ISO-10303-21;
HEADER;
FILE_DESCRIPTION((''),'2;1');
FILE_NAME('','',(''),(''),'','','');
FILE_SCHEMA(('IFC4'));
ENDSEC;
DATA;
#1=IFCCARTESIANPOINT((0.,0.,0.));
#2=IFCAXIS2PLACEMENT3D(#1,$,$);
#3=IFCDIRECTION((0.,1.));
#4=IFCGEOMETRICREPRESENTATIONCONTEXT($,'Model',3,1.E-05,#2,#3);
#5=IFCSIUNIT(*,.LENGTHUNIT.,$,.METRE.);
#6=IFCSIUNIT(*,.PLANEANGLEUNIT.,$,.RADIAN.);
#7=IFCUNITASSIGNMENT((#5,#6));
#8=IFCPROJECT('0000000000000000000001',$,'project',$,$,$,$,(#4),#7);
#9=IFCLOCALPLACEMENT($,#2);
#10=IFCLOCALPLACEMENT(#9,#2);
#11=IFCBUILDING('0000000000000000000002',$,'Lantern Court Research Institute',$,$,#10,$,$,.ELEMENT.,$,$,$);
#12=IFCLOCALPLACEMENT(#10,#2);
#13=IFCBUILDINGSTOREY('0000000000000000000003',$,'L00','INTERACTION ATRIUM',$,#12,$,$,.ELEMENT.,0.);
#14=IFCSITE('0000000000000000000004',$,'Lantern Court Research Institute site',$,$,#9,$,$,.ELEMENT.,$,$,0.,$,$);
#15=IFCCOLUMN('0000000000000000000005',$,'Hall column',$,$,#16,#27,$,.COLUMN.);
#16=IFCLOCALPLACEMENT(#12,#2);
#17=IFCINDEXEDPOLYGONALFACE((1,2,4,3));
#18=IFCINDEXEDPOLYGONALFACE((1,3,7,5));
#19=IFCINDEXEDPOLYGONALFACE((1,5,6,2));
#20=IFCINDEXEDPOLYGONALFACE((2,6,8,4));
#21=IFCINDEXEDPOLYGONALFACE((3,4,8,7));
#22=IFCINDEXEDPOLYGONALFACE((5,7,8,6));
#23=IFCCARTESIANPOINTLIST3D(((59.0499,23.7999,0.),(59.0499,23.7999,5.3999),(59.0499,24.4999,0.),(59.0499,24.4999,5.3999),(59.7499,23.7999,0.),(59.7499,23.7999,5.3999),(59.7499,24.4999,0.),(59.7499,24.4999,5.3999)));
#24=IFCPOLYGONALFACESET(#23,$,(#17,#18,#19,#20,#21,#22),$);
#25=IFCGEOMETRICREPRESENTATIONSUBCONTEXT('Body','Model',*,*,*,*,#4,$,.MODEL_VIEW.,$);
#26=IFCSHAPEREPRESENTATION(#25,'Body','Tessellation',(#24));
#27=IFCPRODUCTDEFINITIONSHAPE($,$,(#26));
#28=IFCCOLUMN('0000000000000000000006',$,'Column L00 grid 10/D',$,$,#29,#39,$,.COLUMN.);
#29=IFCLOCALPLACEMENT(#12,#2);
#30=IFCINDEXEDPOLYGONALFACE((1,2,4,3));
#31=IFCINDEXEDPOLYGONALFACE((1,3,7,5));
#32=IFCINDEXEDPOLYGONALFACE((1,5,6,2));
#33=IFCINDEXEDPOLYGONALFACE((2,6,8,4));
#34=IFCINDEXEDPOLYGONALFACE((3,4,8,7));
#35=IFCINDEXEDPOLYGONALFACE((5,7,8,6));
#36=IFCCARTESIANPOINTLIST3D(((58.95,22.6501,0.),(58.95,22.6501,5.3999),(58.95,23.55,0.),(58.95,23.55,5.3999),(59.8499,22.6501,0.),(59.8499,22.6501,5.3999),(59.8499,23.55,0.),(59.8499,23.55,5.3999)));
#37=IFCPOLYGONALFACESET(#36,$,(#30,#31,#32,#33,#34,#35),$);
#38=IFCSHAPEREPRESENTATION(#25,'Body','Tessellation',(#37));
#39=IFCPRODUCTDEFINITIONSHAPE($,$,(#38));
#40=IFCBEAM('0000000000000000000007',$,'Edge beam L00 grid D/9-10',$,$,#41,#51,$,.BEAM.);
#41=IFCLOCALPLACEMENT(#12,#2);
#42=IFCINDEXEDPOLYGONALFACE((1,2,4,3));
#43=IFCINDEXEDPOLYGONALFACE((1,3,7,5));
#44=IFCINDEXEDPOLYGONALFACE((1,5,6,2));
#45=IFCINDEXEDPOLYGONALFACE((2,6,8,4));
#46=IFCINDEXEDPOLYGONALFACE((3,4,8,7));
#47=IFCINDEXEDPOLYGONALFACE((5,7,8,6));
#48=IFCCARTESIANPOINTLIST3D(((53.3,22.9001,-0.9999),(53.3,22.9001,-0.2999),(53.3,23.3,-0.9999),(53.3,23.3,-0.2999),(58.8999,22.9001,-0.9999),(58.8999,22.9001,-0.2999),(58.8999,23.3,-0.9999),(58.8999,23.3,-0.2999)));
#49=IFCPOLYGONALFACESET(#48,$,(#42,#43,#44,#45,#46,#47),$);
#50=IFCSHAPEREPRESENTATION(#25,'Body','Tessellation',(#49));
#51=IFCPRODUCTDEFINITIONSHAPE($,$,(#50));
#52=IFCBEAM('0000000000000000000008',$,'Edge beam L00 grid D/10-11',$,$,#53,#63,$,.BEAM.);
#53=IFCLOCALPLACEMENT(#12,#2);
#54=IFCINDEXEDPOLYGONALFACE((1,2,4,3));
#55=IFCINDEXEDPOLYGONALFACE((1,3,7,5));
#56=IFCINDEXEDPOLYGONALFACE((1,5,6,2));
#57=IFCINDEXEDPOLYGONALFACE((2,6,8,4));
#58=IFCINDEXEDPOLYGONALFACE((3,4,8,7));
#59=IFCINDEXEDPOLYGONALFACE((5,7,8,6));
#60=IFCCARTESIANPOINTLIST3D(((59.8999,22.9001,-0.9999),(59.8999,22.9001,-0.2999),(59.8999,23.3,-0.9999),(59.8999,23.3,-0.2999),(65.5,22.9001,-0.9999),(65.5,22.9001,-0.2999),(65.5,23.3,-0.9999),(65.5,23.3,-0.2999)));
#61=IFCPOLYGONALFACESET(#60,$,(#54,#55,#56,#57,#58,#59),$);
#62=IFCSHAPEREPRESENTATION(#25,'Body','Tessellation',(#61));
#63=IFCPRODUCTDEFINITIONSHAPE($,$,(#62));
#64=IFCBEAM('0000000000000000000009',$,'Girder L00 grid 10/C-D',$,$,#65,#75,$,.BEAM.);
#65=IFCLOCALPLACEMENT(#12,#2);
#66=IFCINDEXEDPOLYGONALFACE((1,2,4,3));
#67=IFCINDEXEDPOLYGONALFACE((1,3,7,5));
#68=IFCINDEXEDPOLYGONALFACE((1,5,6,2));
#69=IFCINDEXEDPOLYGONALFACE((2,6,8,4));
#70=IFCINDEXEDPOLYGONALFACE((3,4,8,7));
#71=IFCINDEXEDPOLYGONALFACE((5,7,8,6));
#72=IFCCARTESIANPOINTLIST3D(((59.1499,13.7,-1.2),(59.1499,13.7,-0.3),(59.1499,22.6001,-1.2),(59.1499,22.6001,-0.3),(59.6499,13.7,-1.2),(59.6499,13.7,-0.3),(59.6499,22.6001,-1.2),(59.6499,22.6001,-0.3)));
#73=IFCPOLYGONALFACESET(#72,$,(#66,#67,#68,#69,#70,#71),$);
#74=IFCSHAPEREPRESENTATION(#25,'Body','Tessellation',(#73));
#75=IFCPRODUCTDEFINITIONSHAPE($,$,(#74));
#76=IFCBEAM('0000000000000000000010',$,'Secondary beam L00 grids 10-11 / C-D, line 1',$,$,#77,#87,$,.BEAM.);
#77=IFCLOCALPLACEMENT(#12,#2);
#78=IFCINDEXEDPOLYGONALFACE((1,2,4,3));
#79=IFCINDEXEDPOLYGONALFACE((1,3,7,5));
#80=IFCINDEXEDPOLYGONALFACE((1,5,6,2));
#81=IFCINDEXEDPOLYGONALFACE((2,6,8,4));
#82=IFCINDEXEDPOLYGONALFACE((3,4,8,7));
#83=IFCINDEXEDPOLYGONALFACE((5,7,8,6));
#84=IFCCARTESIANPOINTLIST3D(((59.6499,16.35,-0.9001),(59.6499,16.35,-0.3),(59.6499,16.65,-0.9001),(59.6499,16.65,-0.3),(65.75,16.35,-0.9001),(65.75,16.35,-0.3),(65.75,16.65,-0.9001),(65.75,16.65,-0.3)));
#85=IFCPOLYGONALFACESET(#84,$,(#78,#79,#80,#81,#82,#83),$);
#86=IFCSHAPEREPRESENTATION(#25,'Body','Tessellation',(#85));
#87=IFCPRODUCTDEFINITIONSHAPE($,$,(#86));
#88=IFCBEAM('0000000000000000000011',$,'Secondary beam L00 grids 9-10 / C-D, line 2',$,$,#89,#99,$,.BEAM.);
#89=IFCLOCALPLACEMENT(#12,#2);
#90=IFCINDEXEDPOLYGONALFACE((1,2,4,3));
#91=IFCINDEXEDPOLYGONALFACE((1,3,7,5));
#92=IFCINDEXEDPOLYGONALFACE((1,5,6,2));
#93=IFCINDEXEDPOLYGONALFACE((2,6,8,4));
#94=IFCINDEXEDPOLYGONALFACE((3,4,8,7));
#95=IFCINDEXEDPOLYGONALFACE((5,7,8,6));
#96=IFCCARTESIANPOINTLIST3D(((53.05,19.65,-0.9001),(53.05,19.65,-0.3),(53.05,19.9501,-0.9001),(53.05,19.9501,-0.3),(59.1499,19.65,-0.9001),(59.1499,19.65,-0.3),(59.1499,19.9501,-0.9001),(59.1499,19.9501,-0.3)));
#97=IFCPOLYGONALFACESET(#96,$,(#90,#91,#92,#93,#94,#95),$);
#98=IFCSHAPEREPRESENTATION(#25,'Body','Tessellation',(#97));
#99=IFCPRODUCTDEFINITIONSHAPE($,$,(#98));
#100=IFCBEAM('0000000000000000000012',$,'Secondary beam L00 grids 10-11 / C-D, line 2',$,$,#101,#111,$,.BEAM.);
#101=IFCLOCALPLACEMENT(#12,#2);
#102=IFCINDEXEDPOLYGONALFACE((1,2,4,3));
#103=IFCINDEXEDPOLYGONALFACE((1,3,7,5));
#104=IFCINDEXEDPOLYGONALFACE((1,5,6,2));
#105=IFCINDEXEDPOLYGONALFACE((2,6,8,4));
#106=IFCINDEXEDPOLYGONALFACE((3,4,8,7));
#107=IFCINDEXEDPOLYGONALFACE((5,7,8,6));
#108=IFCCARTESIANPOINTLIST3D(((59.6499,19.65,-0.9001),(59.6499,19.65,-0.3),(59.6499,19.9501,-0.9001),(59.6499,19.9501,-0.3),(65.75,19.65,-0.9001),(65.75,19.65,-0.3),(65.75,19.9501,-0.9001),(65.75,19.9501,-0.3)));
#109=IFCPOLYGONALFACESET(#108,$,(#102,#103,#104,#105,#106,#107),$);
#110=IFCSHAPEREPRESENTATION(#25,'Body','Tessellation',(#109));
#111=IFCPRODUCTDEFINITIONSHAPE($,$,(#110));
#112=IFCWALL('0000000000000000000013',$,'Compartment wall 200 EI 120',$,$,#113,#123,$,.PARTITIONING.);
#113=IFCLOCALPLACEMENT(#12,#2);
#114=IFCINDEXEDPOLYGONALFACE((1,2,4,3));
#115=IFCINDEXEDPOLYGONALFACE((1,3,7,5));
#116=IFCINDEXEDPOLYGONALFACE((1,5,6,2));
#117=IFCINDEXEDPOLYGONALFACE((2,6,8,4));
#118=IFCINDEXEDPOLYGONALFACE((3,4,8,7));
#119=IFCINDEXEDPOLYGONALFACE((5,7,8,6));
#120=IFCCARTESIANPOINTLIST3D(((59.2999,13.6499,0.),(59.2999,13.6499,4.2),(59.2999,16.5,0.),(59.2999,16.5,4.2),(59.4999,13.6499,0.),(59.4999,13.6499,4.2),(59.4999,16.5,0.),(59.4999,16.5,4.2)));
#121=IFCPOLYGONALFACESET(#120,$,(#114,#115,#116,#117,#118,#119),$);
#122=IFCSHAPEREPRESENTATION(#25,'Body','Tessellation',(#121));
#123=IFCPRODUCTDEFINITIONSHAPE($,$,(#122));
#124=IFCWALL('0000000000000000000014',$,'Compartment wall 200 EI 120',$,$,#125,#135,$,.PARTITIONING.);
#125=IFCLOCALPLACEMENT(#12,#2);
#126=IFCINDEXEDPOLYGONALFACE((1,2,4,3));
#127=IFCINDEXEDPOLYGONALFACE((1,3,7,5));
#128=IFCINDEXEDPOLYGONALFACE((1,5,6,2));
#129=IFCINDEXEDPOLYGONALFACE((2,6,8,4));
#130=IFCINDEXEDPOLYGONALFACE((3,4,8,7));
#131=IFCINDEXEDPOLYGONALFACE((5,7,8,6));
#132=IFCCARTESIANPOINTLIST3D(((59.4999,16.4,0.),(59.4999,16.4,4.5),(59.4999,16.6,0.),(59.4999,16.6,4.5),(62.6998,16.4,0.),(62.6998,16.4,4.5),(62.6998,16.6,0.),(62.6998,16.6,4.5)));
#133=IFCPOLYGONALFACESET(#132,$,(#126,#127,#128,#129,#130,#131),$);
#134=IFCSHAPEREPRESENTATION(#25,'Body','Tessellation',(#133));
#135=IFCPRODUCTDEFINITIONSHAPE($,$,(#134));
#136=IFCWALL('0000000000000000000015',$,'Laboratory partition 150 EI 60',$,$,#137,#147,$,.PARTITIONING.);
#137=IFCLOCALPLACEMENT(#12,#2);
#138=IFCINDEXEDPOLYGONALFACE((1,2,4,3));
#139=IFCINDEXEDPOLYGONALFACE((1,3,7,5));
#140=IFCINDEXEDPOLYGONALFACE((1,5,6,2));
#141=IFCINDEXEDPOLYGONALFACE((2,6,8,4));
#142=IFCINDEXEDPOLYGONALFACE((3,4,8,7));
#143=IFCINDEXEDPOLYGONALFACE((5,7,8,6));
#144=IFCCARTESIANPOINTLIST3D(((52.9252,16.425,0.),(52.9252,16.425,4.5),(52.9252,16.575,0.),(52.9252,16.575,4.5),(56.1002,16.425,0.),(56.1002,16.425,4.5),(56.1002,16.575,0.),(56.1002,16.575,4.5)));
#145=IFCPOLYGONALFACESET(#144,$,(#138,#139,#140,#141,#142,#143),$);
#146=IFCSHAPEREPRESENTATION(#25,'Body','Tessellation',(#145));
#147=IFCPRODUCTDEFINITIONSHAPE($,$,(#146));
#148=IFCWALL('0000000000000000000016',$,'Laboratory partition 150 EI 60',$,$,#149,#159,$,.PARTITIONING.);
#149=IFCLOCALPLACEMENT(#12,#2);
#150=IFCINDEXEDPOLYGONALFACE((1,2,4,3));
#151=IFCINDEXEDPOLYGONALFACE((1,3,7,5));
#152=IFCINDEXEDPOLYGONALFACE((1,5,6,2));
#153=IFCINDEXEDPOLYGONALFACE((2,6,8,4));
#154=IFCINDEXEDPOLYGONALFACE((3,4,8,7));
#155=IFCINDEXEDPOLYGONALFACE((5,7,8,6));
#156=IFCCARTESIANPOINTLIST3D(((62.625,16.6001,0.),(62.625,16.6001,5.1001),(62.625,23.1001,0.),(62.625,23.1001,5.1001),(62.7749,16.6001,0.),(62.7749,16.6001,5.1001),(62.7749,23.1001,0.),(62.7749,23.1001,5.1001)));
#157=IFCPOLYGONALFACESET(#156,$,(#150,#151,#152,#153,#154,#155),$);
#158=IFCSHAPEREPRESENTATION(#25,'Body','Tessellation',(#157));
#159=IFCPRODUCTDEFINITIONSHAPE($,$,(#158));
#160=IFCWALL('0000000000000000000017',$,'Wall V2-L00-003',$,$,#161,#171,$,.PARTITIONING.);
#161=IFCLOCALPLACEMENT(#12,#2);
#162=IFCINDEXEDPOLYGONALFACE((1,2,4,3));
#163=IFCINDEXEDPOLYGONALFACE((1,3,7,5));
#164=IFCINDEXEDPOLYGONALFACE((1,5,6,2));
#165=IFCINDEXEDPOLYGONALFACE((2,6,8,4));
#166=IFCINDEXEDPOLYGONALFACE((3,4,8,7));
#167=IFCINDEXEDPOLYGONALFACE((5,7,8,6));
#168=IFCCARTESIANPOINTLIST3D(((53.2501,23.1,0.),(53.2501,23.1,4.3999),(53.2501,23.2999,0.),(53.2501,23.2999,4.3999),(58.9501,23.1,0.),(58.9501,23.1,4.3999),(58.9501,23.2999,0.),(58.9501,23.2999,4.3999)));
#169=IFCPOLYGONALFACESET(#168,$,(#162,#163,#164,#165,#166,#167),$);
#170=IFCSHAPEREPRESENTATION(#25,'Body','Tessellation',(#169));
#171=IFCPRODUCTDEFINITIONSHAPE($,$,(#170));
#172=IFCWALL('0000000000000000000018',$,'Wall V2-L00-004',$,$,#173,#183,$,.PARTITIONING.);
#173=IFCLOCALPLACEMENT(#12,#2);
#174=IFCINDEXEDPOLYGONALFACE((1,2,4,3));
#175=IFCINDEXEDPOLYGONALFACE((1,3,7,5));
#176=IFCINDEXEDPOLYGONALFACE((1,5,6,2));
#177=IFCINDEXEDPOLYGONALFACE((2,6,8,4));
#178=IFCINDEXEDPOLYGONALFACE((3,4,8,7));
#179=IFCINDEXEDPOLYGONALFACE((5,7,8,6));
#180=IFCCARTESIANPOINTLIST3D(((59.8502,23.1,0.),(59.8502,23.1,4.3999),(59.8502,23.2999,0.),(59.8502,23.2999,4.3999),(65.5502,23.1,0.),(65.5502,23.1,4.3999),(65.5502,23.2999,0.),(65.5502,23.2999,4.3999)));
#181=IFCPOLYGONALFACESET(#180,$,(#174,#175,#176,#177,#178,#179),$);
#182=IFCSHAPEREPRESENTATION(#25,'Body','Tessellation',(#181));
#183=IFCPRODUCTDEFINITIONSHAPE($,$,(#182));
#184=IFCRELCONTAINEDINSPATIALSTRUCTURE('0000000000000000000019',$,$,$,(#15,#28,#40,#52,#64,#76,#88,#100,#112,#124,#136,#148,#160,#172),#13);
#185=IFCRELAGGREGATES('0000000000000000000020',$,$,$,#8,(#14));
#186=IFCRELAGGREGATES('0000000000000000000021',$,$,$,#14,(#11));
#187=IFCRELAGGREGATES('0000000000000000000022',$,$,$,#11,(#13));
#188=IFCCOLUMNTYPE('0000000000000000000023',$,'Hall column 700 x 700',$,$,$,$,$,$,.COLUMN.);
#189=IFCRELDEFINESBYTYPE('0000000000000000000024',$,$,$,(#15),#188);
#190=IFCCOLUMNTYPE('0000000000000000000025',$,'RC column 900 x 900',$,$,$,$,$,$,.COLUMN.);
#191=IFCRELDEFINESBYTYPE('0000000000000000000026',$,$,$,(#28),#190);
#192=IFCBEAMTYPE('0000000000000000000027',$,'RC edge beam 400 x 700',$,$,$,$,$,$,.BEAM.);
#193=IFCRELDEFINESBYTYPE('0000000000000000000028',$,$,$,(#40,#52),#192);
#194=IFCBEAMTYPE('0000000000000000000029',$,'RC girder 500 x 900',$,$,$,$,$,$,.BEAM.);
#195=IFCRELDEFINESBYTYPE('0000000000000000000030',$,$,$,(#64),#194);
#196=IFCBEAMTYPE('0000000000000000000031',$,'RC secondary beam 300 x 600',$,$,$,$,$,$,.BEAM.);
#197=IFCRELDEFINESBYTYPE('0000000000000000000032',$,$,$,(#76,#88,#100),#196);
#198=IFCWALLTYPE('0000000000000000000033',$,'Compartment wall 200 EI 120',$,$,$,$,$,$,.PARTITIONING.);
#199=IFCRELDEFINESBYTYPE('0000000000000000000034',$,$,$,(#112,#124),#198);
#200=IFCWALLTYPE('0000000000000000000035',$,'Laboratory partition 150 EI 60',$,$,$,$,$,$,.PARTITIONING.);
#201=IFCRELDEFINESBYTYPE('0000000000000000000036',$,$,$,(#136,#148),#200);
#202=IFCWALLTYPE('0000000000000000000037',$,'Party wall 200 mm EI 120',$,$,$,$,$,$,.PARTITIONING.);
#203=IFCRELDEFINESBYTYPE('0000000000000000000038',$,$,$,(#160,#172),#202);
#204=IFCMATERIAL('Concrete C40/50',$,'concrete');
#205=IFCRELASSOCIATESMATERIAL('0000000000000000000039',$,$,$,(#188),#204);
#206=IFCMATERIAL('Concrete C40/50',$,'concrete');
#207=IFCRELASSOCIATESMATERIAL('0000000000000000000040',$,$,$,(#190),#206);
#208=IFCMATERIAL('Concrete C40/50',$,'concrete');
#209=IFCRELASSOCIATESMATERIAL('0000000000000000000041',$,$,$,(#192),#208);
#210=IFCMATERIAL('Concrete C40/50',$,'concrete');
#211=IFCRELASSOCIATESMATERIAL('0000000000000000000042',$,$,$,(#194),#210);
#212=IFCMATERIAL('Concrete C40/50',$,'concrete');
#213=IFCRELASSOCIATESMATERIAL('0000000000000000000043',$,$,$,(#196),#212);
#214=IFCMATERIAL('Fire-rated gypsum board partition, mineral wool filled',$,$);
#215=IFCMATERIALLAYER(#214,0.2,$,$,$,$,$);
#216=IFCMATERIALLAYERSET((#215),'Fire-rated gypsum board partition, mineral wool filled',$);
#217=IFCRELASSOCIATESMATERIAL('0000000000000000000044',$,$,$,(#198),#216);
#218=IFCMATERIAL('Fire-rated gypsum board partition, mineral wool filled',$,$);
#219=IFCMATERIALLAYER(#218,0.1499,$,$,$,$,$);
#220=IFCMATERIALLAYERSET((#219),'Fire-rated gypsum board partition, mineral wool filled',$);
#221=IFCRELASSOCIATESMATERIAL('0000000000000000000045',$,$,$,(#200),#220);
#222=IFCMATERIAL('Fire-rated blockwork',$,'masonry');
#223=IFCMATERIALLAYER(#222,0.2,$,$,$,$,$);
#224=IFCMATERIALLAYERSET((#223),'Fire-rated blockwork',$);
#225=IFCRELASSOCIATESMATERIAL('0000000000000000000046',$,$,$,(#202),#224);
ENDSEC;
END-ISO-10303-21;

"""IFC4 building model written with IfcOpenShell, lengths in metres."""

from ifc_helpers import new_model, si_unit, direction, frame, frame_2d, origin, origin_2d, place, context, subcontext, project, spatial, rectangle, extrude, material, layer, layer_set, material_profile, profile_set, type_object, element, save


model = new_model("IFC4")

# Units and contexts
model_context = context("Model", 3, precision=1e-05, world=origin(), true_north=direction((0.0, 1.0)))
body_context = subcontext(model_context, "Body", "Model", "MODEL_VIEW")
ifc_project = project(units=[si_unit("LENGTHUNIT", "METRE"), si_unit("PLANEANGLEUNIT", "RADIAN")], contexts=[model_context])

# Site, building, storey
site_placement = place(None, origin())
site = spatial("IfcSite", under=ifc_project, at=site_placement, Name="Lantern Court Research Institute site", CompositionType="ELEMENT", RefElevation=0.0)
building_placement = place(site_placement, origin())
building = spatial("IfcBuilding", under=site, at=building_placement, Name="Lantern Court Research Institute", CompositionType="ELEMENT")
storey_placement = place(building_placement, origin())
storey = spatial("IfcBuildingStorey", under=building, at=storey_placement, Name="L00", Description="INTERACTION ATRIUM", CompositionType="ELEMENT", Elevation=0.0)

# Columns
ifc_material_1 = material(Name="Concrete C40/50", Category="concrete")
ifc_material_profile_1 = material_profile(ifc_material_1, rectangle(XDim=0.7, YDim=0.7, at=origin_2d()), Name="Hall column 700 x 700")
ifc_profile_set_1 = profile_set([ifc_material_profile_1], Name="Concrete C40/50")
column_type_1 = type_object("IfcColumnType", Name="Hall column 700 x 700", PredefinedType="COLUMN", material=ifc_profile_set_1)
column_1_placement = place(storey_placement, frame((59.3999, 24.1499, 0.0), z_axis=(0.0, 0.0, 1.0), x_axis=(1.0, 0.0, 0.0)))
element("IfcColumn", 1, at=column_1_placement, inside=storey, type_object=column_type_1, Name="Hall column", PredefinedType="COLUMN", context=body_context, shape_type="SweptSolid", body=[
    extrude(rectangle(XDim=0.7, YDim=0.7, at=origin_2d()), origin(), (0.0, 0.0, 1.0), 5.3999),
])
ifc_material_2 = material(Name="Concrete C40/50", Category="concrete")
ifc_material_profile_2 = material_profile(ifc_material_2, rectangle(XDim=0.8999, YDim=0.8999, at=origin_2d()), Name="RC column 900 x 900")
ifc_profile_set_2 = profile_set([ifc_material_profile_2], Name="Concrete C40/50")
column_type_2 = type_object("IfcColumnType", Name="RC column 900 x 900", PredefinedType="COLUMN", material=ifc_profile_set_2)
column_2_placement = place(storey_placement, frame((59.3999, 23.1001, 0.0), z_axis=(0.0, 0.0, 1.0), x_axis=(1.0, 0.0, 0.0)))
element("IfcColumn", 2, at=column_2_placement, inside=storey, type_object=column_type_2, Name="Column L00 grid 10/D", PredefinedType="COLUMN", context=body_context, shape_type="SweptSolid", body=[
    extrude(rectangle(XDim=0.8999, YDim=0.8999, at=origin_2d()), origin(), (0.0, 0.0, 1.0), 5.3999),
])

# Beams
ifc_material_3 = material(Name="Concrete C40/50", Category="concrete")
ifc_material_profile_3 = material_profile(ifc_material_3, rectangle(XDim=0.3999, YDim=0.7, at=origin_2d()), Name="RC beam 400 x 700")
ifc_profile_set_3 = profile_set([ifc_material_profile_3], Name="Concrete C40/50")
beam_type_1 = type_object("IfcBeamType", Name="RC edge beam 400 x 700", PredefinedType="BEAM", material=ifc_profile_set_3)
beam_1_placement = place(storey_placement, frame((53.3, 23.1001, -0.6499), z_axis=(1.0, 0.0, 0.0), x_axis=(0.0, 1.0, 0.0)))
element("IfcBeam", 3, at=beam_1_placement, inside=storey, type_object=beam_type_1, Name="Edge beam L00 grid D/9-10", PredefinedType="BEAM", context=body_context, shape_type="SweptSolid", body=[
    extrude(rectangle(XDim=0.3999, YDim=0.7, at=origin_2d()), origin(), (0.0, 0.0, 1.0), 5.5999),
])
beam_2_placement = place(storey_placement, frame((59.8999, 23.1001, -0.6499), z_axis=(1.0, 0.0, 0.0), x_axis=(0.0, 1.0, 0.0)))
element("IfcBeam", 4, at=beam_2_placement, inside=storey, type_object=beam_type_1, Name="Edge beam L00 grid D/10-11", PredefinedType="BEAM", context=body_context, shape_type="SweptSolid", body=[
    extrude(rectangle(XDim=0.3999, YDim=0.7, at=origin_2d()), origin(), (0.0, 0.0, 1.0), 5.6001),
])
ifc_material_4 = material(Name="Concrete C40/50", Category="concrete")
ifc_material_profile_4 = material_profile(ifc_material_4, rectangle(XDim=0.5, YDim=0.8999, at=origin_2d()), Name="RC beam 500 x 900")
ifc_profile_set_4 = profile_set([ifc_material_profile_4], Name="Concrete C40/50")
beam_type_2 = type_object("IfcBeamType", Name="RC girder 500 x 900", PredefinedType="BEAM", material=ifc_profile_set_4)
beam_3_placement = place(storey_placement, frame((59.3999, 13.7, -0.75), z_axis=(0.0, 1.0, 0.0), x_axis=(-1.0, 0.0, 0.0)))
element("IfcBeam", 5, at=beam_3_placement, inside=storey, type_object=beam_type_2, Name="Girder L00 grid 10/C-D", PredefinedType="BEAM", context=body_context, shape_type="SweptSolid", body=[
    extrude(rectangle(XDim=0.5, YDim=0.8999, at=origin_2d()), origin(), (0.0, 0.0, 1.0), 8.9001),
])
ifc_material_5 = material(Name="Concrete C40/50", Category="concrete")
ifc_material_profile_5 = material_profile(ifc_material_5, rectangle(XDim=0.3, YDim=0.6001, at=origin_2d()), Name="RC beam 300 x 600")
ifc_profile_set_5 = profile_set([ifc_material_profile_5], Name="Concrete C40/50")
beam_type_3 = type_object("IfcBeamType", Name="RC secondary beam 300 x 600", PredefinedType="BEAM", material=ifc_profile_set_5)
beam_4_placement = place(storey_placement, frame((59.6499, 16.5, -0.6001), z_axis=(1.0, 0.0, 0.0), x_axis=(0.0, 1.0, 0.0)))
element("IfcBeam", 6, at=beam_4_placement, inside=storey, type_object=beam_type_3, Name="Secondary beam L00 grids 10-11 / C-D, line 1", PredefinedType="BEAM", context=body_context, shape_type="SweptSolid", body=[
    extrude(rectangle(XDim=0.3, YDim=0.6001, at=origin_2d()), origin(), (0.0, 0.0, 1.0), 6.1001),
])
beam_5_placement = place(storey_placement, frame((53.05, 19.8, -0.6001), z_axis=(1.0, 0.0, 0.0), x_axis=(0.0, 1.0, 0.0)))
element("IfcBeam", 7, at=beam_5_placement, inside=storey, type_object=beam_type_3, Name="Secondary beam L00 grids 9-10 / C-D, line 2", PredefinedType="BEAM", context=body_context, shape_type="SweptSolid", body=[
    extrude(rectangle(XDim=0.3, YDim=0.6001, at=origin_2d()), origin(), (0.0, 0.0, 1.0), 6.0999),
])
beam_6_placement = place(storey_placement, frame((59.6499, 19.8, -0.6001), z_axis=(1.0, 0.0, 0.0), x_axis=(0.0, 1.0, 0.0)))
element("IfcBeam", 8, at=beam_6_placement, inside=storey, type_object=beam_type_3, Name="Secondary beam L00 grids 10-11 / C-D, line 2", PredefinedType="BEAM", context=body_context, shape_type="SweptSolid", body=[
    extrude(rectangle(XDim=0.3, YDim=0.6001, at=origin_2d()), origin(), (0.0, 0.0, 1.0), 6.1001),
])

# Walls
ifc_material_6 = material(Name="Fire-rated gypsum board partition, mineral wool filled")
ifc_layer_1 = layer(ifc_material_6, 0.2)
ifc_layer_set_1 = layer_set([ifc_layer_1], Name="Fire-rated gypsum board partition, mineral wool filled")
wall_type_1 = type_object("IfcWallType", Name="Compartment wall 200 EI 120", PredefinedType="PARTITIONING", material=ifc_layer_set_1)
wall_1_placement = place(storey_placement, frame((59.3999, 13.6499, 0.0), z_axis=(0.0, 0.0, 1.0), x_axis=(0.0, 1.0, 0.0)))
element("IfcWall", 9, at=wall_1_placement, inside=storey, type_object=wall_type_1, Name="Compartment wall 200 EI 120", PredefinedType="PARTITIONING", context=body_context, shape_type="SweptSolid", body=[
    extrude(rectangle(XDim=2.8501, YDim=0.2, at=frame_2d((1.425, 0.0))), origin(), (0.0, 0.0, 1.0), 4.2),
])
wall_2_placement = place(storey_placement, frame((62.7, 16.5, 0.0), z_axis=(0.0, 0.0, 1.0), x_axis=(-1.0, 0.0, 0.0)))
element("IfcWall", 10, at=wall_2_placement, inside=storey, type_object=wall_type_1, Name="Compartment wall 200 EI 120", PredefinedType="PARTITIONING", context=body_context, shape_type="SweptSolid", body=[
    extrude(rectangle(XDim=3.2, YDim=0.2, at=frame_2d((1.6001, 0.0))), origin(), (0.0, 0.0, 1.0), 4.5),
])
ifc_material_7 = material(Name="Fire-rated gypsum board partition, mineral wool filled")
ifc_layer_2 = layer(ifc_material_7, 0.1499)
ifc_layer_set_2 = layer_set([ifc_layer_2], Name="Fire-rated gypsum board partition, mineral wool filled")
wall_type_2 = type_object("IfcWallType", Name="Laboratory partition 150 EI 60", PredefinedType="PARTITIONING", material=ifc_layer_set_2)
wall_3_placement = place(storey_placement, frame((56.1001, 16.5, 0.0), z_axis=(0.0, 0.0, 1.0), x_axis=(-1.0, 0.0, 0.0)))
element("IfcWall", 11, at=wall_3_placement, inside=storey, type_object=wall_type_2, Name="Laboratory partition 150 EI 60", PredefinedType="PARTITIONING", context=body_context, shape_type="SweptSolid", body=[
    extrude(rectangle(XDim=3.175, YDim=0.1499, at=frame_2d((1.5874, 0.0))), origin(), (0.0, 0.0, 1.0), 4.5),
])
wall_4_placement = place(storey_placement, frame((62.7, 16.6001, 0.0), z_axis=(0.0, 0.0, 1.0), x_axis=(0.0, 1.0, 0.0)))
element("IfcWall", 12, at=wall_4_placement, inside=storey, type_object=wall_type_2, Name="Laboratory partition 150 EI 60", PredefinedType="PARTITIONING", context=body_context, shape_type="SweptSolid", body=[
    extrude(rectangle(XDim=6.5, YDim=0.1499, at=frame_2d((3.25, 0.0))), origin(), (0.0, 0.0, 1.0), 5.1001),
])
ifc_material_8 = material(Name="Fire-rated blockwork", Category="masonry")
ifc_layer_3 = layer(ifc_material_8, 0.2)
ifc_layer_set_3 = layer_set([ifc_layer_3], Name="Fire-rated blockwork")
wall_type_3 = type_object("IfcWallType", Name="Party wall 200 mm EI 120", PredefinedType="PARTITIONING", material=ifc_layer_set_3)
for number, where, z_axis, x_axis, name in (
    (13, (53.25, 23.2, 0.0), (0.0, 0.0, 1.0), (1.0, 0.0, 0.0), "Wall V2-L00-003"),
    (14, (59.8501, 23.2, 0.0), (0.0, 0.0, 1.0), (1.0, 0.0, 0.0), "Wall V2-L00-004"),
):
    element("IfcWall", number, at=place(storey_placement, frame(where, z_axis=z_axis, x_axis=x_axis)), inside=storey, type_object=wall_type_3, Name=name, PredefinedType="PARTITIONING", context=body_context, shape_type="SweptSolid", body=[
        extrude(rectangle(XDim=5.7, YDim=0.2, at=frame_2d((2.8501, 0.0))), origin(), (0.0, 0.0, 1.0), 4.3999),
    ])

save(model, "model.ifc")
